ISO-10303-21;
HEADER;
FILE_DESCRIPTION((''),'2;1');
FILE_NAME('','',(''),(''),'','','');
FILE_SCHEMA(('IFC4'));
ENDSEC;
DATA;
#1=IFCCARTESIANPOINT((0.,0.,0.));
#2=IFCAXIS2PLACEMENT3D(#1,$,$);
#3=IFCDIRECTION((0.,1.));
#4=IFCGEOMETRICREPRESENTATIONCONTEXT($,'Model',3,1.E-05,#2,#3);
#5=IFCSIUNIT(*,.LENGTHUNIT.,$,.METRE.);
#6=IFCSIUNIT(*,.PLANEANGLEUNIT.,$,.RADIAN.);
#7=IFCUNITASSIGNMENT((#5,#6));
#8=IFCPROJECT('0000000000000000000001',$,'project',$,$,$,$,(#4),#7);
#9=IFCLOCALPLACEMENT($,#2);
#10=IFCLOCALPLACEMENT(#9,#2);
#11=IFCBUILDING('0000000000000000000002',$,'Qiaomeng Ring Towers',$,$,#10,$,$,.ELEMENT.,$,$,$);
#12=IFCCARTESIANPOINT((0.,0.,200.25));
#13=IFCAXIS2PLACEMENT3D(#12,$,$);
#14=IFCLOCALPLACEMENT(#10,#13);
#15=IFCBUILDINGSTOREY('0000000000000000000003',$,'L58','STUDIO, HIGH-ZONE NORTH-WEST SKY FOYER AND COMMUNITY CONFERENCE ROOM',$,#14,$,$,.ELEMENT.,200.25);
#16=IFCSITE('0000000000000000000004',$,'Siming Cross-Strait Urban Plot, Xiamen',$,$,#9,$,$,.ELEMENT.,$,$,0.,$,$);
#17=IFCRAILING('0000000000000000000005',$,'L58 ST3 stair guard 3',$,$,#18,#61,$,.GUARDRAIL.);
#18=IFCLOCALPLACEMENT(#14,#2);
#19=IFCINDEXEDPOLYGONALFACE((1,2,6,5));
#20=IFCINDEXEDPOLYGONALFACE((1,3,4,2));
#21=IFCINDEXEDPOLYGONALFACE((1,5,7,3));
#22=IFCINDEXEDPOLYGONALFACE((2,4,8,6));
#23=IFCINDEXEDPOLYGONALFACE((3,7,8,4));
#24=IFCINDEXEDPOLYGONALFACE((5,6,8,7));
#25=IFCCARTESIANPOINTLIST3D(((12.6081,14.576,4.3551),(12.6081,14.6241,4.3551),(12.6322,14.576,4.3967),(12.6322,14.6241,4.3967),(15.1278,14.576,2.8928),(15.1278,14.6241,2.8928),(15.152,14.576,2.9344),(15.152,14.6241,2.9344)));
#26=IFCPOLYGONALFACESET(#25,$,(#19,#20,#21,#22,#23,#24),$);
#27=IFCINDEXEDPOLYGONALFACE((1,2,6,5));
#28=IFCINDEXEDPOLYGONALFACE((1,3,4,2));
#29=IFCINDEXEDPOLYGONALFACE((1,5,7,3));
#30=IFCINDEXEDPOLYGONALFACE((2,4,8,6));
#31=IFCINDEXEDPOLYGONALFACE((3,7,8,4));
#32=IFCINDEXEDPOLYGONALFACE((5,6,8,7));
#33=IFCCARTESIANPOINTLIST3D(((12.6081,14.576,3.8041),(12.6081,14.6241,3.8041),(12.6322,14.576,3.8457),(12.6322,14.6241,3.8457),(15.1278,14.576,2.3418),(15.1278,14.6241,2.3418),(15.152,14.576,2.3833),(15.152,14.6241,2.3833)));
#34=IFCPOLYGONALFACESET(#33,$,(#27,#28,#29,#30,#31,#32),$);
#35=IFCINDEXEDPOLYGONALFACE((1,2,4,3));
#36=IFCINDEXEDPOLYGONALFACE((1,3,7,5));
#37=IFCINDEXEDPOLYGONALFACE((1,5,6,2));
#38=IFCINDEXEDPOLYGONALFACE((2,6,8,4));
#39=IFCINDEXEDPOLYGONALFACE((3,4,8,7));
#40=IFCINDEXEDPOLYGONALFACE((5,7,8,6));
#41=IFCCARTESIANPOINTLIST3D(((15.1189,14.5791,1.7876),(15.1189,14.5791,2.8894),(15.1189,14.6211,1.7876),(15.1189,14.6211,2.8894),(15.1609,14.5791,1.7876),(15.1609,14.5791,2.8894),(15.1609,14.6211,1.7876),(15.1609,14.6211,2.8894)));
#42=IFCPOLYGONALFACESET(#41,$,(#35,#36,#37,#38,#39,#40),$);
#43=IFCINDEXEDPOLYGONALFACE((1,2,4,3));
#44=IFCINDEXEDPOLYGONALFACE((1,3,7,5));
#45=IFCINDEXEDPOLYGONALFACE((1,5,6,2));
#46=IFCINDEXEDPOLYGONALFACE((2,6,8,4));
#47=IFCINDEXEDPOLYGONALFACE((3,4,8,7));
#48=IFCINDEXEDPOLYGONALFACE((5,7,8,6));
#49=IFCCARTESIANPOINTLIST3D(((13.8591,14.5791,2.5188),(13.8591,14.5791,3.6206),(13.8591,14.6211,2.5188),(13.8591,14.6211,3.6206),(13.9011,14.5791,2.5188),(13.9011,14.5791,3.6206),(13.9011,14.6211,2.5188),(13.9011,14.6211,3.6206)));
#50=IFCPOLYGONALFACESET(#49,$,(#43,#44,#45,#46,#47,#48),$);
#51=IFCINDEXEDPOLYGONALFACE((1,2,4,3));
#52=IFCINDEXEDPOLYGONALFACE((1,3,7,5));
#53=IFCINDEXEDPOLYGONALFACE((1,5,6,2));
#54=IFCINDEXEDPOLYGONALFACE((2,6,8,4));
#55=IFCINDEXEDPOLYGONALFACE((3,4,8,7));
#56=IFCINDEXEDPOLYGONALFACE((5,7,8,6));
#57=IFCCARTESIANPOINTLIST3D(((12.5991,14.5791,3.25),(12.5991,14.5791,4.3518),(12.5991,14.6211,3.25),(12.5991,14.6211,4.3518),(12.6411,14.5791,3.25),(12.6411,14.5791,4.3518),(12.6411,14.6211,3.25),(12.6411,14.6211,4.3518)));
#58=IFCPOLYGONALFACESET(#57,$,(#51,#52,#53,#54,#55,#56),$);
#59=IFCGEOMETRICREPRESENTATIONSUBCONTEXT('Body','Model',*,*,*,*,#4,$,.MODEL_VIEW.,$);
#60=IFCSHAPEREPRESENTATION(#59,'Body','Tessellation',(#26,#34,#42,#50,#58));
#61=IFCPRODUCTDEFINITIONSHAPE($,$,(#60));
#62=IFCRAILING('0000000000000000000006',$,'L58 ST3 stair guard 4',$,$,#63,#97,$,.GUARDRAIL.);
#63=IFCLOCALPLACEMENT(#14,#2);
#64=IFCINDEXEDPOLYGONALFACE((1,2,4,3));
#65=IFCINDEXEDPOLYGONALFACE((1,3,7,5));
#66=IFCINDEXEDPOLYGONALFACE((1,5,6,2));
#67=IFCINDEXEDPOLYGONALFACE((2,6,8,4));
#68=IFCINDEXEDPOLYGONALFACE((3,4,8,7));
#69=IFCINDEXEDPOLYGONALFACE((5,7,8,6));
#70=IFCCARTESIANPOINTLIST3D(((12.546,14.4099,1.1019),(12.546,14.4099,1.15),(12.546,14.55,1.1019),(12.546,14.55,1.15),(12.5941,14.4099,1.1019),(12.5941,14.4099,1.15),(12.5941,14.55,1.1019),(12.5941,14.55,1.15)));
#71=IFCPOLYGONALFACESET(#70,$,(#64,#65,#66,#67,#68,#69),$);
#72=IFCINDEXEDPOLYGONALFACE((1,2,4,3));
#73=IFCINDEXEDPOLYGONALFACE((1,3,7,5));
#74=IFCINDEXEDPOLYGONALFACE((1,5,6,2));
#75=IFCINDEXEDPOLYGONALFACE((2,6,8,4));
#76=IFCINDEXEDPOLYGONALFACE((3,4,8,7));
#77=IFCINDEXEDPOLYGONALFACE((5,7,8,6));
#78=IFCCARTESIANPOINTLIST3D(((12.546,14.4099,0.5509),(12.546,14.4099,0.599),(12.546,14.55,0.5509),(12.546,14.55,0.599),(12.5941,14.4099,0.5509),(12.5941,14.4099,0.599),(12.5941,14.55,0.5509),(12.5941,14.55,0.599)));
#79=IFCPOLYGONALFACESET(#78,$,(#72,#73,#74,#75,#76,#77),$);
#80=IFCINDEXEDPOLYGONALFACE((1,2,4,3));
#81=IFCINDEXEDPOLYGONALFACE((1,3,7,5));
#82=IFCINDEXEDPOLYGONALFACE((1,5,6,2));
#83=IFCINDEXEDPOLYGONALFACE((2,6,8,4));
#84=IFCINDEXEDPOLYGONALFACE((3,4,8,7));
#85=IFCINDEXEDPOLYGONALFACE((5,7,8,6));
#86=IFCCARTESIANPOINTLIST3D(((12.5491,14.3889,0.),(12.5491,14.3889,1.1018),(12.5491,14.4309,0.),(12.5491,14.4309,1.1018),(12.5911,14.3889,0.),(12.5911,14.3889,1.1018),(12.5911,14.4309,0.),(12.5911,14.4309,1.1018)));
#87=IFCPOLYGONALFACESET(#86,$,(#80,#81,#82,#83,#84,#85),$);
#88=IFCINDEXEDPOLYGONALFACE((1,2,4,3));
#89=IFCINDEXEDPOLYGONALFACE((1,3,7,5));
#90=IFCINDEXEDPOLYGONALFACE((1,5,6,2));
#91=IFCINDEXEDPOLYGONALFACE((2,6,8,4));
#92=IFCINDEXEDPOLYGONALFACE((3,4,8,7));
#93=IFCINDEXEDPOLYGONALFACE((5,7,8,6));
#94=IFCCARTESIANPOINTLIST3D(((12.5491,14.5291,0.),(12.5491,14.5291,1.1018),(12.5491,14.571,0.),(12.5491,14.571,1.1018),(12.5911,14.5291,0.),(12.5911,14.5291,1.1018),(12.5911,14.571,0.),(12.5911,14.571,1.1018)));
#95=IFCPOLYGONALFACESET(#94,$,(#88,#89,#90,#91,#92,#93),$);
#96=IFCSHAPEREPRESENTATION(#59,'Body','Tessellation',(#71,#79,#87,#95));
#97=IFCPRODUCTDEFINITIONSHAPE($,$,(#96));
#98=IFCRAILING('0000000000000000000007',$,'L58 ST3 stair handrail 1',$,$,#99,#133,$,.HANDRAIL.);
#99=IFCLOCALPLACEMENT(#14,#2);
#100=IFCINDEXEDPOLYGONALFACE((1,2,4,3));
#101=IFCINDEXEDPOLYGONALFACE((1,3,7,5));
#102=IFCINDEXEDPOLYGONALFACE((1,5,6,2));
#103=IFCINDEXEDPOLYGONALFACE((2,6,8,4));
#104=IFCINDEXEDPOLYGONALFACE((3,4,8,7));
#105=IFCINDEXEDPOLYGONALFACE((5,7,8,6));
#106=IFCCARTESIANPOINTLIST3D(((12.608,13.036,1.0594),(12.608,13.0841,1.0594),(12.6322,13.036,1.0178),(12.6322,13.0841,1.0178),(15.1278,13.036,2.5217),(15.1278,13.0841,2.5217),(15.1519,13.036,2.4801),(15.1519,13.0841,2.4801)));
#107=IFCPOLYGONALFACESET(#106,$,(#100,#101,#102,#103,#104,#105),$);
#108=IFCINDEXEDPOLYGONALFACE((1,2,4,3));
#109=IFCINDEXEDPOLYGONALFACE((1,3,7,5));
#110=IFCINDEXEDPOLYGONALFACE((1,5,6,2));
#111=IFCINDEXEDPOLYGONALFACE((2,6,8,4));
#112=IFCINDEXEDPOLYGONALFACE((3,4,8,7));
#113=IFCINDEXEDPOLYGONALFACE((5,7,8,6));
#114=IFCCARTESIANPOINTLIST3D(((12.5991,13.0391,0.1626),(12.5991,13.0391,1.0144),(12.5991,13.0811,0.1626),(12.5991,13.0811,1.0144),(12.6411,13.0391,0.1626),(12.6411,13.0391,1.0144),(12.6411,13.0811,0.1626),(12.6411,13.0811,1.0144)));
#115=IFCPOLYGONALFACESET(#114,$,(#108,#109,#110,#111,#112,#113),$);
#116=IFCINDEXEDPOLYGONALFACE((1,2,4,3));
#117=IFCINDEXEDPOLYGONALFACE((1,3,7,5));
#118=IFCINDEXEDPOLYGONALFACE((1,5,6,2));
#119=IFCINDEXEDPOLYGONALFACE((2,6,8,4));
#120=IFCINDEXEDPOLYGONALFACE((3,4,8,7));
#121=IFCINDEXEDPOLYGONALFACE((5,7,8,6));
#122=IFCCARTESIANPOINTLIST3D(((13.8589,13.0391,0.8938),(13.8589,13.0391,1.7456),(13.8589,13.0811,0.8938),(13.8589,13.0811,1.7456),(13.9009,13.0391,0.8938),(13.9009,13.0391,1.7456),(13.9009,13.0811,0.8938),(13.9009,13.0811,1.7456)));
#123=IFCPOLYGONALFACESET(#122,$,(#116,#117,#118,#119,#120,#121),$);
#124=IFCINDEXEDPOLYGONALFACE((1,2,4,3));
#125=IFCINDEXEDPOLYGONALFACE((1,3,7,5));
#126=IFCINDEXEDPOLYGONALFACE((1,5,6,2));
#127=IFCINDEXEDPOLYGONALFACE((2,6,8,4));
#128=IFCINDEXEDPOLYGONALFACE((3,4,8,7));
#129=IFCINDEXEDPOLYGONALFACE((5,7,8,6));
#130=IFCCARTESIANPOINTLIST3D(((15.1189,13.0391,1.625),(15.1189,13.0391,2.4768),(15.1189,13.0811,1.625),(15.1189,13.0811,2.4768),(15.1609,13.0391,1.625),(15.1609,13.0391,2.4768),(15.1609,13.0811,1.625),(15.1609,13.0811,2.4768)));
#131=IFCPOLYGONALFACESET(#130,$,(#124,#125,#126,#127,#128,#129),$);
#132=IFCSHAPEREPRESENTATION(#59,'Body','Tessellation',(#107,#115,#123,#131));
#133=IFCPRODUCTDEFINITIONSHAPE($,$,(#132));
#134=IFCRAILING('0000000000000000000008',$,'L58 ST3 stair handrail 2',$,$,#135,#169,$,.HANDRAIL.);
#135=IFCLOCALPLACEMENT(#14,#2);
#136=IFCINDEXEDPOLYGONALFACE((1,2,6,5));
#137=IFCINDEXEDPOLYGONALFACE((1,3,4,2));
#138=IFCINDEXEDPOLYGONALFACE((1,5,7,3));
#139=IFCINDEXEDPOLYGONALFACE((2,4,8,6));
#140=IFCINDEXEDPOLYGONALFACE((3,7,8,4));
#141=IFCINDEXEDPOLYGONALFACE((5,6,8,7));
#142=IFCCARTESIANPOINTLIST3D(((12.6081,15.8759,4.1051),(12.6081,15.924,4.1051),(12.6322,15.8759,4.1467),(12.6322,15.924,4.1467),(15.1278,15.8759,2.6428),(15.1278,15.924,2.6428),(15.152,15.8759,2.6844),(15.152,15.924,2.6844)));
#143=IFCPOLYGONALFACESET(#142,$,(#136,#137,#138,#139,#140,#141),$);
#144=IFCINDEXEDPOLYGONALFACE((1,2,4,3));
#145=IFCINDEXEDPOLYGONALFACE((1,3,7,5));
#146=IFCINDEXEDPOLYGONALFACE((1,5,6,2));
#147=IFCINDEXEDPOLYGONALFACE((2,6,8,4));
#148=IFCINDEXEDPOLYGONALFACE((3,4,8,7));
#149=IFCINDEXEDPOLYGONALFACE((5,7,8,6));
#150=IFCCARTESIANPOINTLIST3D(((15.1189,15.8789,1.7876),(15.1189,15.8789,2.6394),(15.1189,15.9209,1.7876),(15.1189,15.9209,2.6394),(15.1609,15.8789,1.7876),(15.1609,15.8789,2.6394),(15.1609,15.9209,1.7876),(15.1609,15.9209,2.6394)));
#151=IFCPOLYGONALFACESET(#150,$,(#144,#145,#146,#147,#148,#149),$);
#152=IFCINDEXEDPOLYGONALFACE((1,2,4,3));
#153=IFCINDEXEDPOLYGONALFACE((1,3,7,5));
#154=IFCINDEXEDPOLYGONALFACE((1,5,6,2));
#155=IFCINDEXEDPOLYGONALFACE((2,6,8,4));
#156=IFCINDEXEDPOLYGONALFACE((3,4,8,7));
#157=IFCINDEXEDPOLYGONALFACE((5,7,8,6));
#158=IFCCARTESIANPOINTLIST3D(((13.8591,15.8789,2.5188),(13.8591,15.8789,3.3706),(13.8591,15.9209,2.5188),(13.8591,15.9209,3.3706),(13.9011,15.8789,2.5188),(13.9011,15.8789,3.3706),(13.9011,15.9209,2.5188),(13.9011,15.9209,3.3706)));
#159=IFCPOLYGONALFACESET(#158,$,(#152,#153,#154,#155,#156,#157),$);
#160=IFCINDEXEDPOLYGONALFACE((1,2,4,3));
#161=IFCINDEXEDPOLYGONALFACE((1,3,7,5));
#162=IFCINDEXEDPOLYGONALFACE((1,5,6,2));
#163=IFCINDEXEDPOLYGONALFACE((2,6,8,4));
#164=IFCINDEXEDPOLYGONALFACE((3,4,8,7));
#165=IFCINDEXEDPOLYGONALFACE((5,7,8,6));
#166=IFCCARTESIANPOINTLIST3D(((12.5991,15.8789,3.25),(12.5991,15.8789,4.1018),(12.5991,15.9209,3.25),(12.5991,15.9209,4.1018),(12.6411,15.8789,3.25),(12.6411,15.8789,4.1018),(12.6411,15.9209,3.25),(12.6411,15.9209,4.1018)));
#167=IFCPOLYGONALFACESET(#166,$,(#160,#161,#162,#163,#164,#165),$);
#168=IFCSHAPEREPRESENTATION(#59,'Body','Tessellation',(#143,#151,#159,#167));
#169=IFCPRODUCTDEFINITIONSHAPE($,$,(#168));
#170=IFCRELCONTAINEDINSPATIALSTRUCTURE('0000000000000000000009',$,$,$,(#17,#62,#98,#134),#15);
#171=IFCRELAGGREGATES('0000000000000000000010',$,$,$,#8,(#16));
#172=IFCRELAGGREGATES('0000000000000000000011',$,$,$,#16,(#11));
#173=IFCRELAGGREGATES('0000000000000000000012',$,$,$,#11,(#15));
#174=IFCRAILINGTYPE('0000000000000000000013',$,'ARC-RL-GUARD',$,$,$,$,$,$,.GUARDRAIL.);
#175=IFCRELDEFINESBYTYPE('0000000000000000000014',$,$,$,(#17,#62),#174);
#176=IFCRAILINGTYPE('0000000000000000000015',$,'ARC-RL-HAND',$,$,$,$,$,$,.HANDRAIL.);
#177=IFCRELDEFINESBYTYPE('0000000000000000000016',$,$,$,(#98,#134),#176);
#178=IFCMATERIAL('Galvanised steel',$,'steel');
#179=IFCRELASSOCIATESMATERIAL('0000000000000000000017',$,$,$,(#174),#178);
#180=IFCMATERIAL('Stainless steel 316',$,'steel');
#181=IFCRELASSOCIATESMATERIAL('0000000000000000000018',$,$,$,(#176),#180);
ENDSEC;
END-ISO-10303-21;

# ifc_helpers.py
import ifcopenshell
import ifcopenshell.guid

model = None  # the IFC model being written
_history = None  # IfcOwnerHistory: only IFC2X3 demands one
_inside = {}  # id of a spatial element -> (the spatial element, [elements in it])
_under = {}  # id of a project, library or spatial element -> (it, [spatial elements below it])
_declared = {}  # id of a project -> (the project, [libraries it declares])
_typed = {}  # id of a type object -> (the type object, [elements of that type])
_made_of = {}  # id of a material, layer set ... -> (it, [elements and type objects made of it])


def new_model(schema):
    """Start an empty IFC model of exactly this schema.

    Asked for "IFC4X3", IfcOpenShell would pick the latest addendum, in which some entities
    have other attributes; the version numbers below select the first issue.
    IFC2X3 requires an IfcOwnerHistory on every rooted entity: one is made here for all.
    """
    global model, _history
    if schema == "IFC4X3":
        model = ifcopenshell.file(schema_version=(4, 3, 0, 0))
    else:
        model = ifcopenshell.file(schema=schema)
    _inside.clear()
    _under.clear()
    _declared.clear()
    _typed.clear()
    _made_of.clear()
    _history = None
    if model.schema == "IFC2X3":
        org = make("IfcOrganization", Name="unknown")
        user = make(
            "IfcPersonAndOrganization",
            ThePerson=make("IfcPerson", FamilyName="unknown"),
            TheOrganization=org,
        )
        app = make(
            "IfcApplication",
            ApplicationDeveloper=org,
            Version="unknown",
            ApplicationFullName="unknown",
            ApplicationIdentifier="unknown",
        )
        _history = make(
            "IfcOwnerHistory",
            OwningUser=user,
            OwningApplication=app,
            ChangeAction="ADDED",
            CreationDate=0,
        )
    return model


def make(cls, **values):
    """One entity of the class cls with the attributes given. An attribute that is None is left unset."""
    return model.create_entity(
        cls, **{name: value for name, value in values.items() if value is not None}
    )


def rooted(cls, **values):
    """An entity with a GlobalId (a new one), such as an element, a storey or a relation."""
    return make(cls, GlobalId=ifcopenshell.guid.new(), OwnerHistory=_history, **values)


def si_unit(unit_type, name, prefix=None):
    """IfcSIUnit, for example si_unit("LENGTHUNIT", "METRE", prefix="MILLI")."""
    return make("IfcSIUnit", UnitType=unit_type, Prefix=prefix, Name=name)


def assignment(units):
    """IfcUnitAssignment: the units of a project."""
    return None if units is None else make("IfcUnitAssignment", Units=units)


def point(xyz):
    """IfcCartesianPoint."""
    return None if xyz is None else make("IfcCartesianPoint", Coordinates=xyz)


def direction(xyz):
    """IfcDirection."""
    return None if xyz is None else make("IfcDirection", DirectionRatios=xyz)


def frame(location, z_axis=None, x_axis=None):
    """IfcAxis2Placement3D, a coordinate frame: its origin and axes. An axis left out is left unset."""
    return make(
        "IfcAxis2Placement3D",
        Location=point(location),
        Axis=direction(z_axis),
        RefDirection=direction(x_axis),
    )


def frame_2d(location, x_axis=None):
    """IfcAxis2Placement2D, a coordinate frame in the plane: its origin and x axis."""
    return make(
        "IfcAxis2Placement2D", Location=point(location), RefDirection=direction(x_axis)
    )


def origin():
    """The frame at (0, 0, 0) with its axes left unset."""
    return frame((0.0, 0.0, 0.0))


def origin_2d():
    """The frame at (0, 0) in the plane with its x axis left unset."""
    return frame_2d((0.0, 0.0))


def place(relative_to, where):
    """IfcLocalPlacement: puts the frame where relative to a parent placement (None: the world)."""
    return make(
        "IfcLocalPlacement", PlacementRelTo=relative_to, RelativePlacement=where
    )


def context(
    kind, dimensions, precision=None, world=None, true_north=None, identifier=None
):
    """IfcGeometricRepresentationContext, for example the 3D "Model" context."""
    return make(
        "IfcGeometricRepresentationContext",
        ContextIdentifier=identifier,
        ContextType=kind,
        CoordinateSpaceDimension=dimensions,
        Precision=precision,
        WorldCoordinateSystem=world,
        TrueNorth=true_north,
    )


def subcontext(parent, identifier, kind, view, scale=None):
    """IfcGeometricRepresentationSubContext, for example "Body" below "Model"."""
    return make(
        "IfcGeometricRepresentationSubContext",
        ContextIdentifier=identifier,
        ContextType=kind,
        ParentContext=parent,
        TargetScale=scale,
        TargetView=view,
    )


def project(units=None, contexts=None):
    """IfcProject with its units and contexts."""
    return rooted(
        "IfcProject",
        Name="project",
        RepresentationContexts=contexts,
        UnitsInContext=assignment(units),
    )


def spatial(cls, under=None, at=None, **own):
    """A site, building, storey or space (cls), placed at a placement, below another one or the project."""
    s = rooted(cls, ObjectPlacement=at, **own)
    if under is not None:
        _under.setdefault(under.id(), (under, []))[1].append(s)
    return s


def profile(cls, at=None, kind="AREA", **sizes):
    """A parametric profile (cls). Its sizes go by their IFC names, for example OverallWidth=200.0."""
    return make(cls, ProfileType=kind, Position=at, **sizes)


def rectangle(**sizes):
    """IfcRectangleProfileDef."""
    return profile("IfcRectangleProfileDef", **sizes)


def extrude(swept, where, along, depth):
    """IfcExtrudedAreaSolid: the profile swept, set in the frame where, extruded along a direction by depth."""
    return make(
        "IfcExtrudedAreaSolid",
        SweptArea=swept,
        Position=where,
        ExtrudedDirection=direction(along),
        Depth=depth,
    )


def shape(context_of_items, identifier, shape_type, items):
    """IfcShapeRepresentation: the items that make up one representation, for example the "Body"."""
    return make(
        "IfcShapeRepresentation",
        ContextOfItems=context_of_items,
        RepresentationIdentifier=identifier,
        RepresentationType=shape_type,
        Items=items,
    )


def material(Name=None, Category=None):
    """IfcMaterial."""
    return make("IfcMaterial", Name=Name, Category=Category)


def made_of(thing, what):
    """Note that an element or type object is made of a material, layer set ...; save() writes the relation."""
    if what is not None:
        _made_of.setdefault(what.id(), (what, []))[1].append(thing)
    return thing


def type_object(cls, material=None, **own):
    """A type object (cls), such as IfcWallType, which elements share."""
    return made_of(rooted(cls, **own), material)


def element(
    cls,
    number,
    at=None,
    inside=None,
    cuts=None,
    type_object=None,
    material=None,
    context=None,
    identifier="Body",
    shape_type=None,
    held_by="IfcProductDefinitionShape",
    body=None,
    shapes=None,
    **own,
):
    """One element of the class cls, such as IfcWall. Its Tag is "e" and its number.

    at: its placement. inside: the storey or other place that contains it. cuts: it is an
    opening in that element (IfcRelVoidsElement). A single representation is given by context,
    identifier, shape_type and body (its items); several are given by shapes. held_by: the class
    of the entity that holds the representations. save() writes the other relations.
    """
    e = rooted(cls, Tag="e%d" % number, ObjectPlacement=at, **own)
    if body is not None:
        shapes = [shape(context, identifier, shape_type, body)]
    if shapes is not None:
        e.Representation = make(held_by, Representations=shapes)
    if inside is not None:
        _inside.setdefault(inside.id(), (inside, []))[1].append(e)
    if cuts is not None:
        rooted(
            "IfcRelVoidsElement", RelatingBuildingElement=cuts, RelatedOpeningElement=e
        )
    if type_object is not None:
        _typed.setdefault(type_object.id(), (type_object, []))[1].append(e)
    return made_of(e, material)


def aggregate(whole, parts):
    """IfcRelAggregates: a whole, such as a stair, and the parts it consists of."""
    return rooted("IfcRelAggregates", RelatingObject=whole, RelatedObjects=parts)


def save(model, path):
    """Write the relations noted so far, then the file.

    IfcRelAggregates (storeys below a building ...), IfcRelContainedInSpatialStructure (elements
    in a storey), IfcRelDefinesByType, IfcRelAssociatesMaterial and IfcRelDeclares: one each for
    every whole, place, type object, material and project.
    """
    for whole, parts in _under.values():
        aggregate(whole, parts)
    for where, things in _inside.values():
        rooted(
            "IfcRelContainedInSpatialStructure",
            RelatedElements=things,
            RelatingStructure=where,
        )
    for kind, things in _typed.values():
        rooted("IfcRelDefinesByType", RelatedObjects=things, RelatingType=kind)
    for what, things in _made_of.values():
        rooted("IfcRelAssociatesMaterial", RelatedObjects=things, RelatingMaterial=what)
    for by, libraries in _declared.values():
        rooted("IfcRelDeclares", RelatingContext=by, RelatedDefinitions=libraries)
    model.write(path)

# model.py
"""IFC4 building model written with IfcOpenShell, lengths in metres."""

from ifc_helpers import new_model, si_unit, direction, frame, origin, origin_2d, place, context, subcontext, project, spatial, rectangle, extrude, material, type_object, element, save


model = new_model("IFC4")

# Units and contexts
model_context = context("Model", 3, precision=1e-05, world=origin(), true_north=direction((0.0, 1.0)))
body_context = subcontext(model_context, "Body", "Model", "MODEL_VIEW")
ifc_project = project(units=[si_unit("LENGTHUNIT", "METRE"), si_unit("PLANEANGLEUNIT", "RADIAN")], contexts=[model_context])

# Site, building, storey
site_placement = place(None, origin())
site = spatial("IfcSite", under=ifc_project, at=site_placement, Name="Siming Cross-Strait Urban Plot, Xiamen", CompositionType="ELEMENT", RefElevation=0.0)
building_placement = place(site_placement, origin())
building = spatial("IfcBuilding", under=site, at=building_placement, Name="Qiaomeng Ring Towers", CompositionType="ELEMENT")
storey_placement = place(building_placement, frame((0.0, 0.0, 200.25)))
storey = spatial("IfcBuildingStorey", under=building, at=storey_placement, Name="L58", Description="STUDIO, HIGH-ZONE NORTH-WEST SKY FOYER AND COMMUNITY CONFERENCE ROOM", CompositionType="ELEMENT", Elevation=200.25)

# Shared definitions
ifc_material_1 = material(Name="Galvanised steel", Category="steel")

# Railings
railing_type_1 = type_object("IfcRailingType", Name="ARC-RL-GUARD", PredefinedType="GUARDRAIL", material=ifc_material_1)
railing_1_placement = place(storey_placement, frame((15.1399, 14.6001, 1.7876)))
element("IfcRailing", 1, at=railing_1_placement, inside=storey, type_object=railing_type_1, Name="L58 ST3 stair guard 3", PredefinedType="GUARDRAIL", context=body_context, shape_type="SweptSolid", body=[
    extrude(rectangle(XDim=0.0481, YDim=0.0481, at=origin_2d()), frame((0.0, 0.0, 1.126), z_axis=(-0.864892, 0.0, 0.501958), x_axis=(0.0, -1.0, 0.0)), (0.0, 0.0, 1.0), 2.9133),
    extrude(rectangle(XDim=0.0481, YDim=0.0481, at=origin_2d()), frame((0.0, 0.0, 0.575), z_axis=(-0.864892, 0.0, 0.501958), x_axis=(0.0, -1.0, 0.0)), (0.0, 0.0, 1.0), 2.9133),
    extrude(rectangle(XDim=0.042, YDim=0.042, at=origin_2d()), origin(), (0.0, 0.0, 1.0), 1.1018),
    extrude(rectangle(XDim=0.042, YDim=0.042, at=origin_2d()), frame((-1.2598, 0.0, 0.7312)), (0.0, 0.0, 1.0), 1.1018),
    extrude(rectangle(XDim=0.042, YDim=0.042, at=origin_2d()), frame((-2.5198, 0.0, 1.4624)), (0.0, 0.0, 1.0), 1.1018),
])
railing_2_placement = place(storey_placement, frame((12.5701, 14.4099, 0.0)))
element("IfcRailing", 2, at=railing_2_placement, inside=storey, type_object=railing_type_1, Name="L58 ST3 stair guard 4", PredefinedType="GUARDRAIL", context=body_context, shape_type="SweptSolid", body=[
    extrude(rectangle(XDim=0.0481, YDim=0.0481, at=origin_2d()), frame((0.0, 0.0, 1.126), z_axis=(0.0, 1.0, 0.0), x_axis=(-1.0, 0.0, 0.0)), (0.0, 0.0, 1.0), 0.1401),
    extrude(rectangle(XDim=0.0481, YDim=0.0481, at=origin_2d()), frame((0.0, 0.0, 0.575), z_axis=(0.0, 1.0, 0.0), x_axis=(-1.0, 0.0, 0.0)), (0.0, 0.0, 1.0), 0.1401),
    extrude(rectangle(XDim=0.042, YDim=0.042, at=origin_2d()), origin(), (0.0, 0.0, 1.0), 1.1018),
    extrude(rectangle(XDim=0.042, YDim=0.042, at=origin_2d()), frame((0.0, 0.1401, 0.0)), (0.0, 0.0, 1.0), 1.1018),
])
ifc_material_2 = material(Name="Stainless steel 316", Category="steel")
railing_type_2 = type_object("IfcRailingType", Name="ARC-RL-HAND", PredefinedType="HANDRAIL", material=ifc_material_2)
railing_3_placement = place(storey_placement, frame((12.6201, 13.0601, 0.1626)))
element("IfcRailing", 3, at=railing_3_placement, inside=storey, type_object=railing_type_2, Name="L58 ST3 stair handrail 1", PredefinedType="HANDRAIL", context=body_context, shape_type="SweptSolid", body=[
    extrude(rectangle(XDim=0.0481, YDim=0.0481, at=origin_2d()), frame((0.0, 0.0, 0.876), z_axis=(0.864892, 0.0, 0.501958), x_axis=(0.0, 1.0, 0.0)), (0.0, 0.0, 1.0), 2.9133),
    extrude(rectangle(XDim=0.042, YDim=0.042, at=origin_2d()), origin(), (0.0, 0.0, 1.0), 0.8518),
    extrude(rectangle(XDim=0.042, YDim=0.042, at=origin_2d()), frame((1.2598, 0.0, 0.7312)), (0.0, 0.0, 1.0), 0.8518),
    extrude(rectangle(XDim=0.042, YDim=0.042, at=origin_2d()), frame((2.5198, 0.0, 1.4624)), (0.0, 0.0, 1.0), 0.8518),
])
railing_4_placement = place(storey_placement, frame((15.1399, 15.8999, 1.7876)))
element("IfcRailing", 4, at=railing_4_placement, inside=storey, type_object=railing_type_2, Name="L58 ST3 stair handrail 2", PredefinedType="HANDRAIL", context=body_context, shape_type="SweptSolid", body=[
    extrude(rectangle(XDim=0.0481, YDim=0.0481, at=origin_2d()), frame((0.0, 0.0, 0.876), z_axis=(-0.864892, 0.0, 0.501958), x_axis=(0.0, -1.0, 0.0)), (0.0, 0.0, 1.0), 2.9133),
    extrude(rectangle(XDim=0.042, YDim=0.042, at=origin_2d()), origin(), (0.0, 0.0, 1.0), 0.8518),
    extrude(rectangle(XDim=0.042, YDim=0.042, at=origin_2d()), frame((-1.2598, 0.0, 0.7312)), (0.0, 0.0, 1.0), 0.8518),
    extrude(rectangle(XDim=0.042, YDim=0.042, at=origin_2d()), frame((-2.5198, 0.0, 1.4624)), (0.0, 0.0, 1.0), 0.8518),
])

save(model, "model.ifc")
